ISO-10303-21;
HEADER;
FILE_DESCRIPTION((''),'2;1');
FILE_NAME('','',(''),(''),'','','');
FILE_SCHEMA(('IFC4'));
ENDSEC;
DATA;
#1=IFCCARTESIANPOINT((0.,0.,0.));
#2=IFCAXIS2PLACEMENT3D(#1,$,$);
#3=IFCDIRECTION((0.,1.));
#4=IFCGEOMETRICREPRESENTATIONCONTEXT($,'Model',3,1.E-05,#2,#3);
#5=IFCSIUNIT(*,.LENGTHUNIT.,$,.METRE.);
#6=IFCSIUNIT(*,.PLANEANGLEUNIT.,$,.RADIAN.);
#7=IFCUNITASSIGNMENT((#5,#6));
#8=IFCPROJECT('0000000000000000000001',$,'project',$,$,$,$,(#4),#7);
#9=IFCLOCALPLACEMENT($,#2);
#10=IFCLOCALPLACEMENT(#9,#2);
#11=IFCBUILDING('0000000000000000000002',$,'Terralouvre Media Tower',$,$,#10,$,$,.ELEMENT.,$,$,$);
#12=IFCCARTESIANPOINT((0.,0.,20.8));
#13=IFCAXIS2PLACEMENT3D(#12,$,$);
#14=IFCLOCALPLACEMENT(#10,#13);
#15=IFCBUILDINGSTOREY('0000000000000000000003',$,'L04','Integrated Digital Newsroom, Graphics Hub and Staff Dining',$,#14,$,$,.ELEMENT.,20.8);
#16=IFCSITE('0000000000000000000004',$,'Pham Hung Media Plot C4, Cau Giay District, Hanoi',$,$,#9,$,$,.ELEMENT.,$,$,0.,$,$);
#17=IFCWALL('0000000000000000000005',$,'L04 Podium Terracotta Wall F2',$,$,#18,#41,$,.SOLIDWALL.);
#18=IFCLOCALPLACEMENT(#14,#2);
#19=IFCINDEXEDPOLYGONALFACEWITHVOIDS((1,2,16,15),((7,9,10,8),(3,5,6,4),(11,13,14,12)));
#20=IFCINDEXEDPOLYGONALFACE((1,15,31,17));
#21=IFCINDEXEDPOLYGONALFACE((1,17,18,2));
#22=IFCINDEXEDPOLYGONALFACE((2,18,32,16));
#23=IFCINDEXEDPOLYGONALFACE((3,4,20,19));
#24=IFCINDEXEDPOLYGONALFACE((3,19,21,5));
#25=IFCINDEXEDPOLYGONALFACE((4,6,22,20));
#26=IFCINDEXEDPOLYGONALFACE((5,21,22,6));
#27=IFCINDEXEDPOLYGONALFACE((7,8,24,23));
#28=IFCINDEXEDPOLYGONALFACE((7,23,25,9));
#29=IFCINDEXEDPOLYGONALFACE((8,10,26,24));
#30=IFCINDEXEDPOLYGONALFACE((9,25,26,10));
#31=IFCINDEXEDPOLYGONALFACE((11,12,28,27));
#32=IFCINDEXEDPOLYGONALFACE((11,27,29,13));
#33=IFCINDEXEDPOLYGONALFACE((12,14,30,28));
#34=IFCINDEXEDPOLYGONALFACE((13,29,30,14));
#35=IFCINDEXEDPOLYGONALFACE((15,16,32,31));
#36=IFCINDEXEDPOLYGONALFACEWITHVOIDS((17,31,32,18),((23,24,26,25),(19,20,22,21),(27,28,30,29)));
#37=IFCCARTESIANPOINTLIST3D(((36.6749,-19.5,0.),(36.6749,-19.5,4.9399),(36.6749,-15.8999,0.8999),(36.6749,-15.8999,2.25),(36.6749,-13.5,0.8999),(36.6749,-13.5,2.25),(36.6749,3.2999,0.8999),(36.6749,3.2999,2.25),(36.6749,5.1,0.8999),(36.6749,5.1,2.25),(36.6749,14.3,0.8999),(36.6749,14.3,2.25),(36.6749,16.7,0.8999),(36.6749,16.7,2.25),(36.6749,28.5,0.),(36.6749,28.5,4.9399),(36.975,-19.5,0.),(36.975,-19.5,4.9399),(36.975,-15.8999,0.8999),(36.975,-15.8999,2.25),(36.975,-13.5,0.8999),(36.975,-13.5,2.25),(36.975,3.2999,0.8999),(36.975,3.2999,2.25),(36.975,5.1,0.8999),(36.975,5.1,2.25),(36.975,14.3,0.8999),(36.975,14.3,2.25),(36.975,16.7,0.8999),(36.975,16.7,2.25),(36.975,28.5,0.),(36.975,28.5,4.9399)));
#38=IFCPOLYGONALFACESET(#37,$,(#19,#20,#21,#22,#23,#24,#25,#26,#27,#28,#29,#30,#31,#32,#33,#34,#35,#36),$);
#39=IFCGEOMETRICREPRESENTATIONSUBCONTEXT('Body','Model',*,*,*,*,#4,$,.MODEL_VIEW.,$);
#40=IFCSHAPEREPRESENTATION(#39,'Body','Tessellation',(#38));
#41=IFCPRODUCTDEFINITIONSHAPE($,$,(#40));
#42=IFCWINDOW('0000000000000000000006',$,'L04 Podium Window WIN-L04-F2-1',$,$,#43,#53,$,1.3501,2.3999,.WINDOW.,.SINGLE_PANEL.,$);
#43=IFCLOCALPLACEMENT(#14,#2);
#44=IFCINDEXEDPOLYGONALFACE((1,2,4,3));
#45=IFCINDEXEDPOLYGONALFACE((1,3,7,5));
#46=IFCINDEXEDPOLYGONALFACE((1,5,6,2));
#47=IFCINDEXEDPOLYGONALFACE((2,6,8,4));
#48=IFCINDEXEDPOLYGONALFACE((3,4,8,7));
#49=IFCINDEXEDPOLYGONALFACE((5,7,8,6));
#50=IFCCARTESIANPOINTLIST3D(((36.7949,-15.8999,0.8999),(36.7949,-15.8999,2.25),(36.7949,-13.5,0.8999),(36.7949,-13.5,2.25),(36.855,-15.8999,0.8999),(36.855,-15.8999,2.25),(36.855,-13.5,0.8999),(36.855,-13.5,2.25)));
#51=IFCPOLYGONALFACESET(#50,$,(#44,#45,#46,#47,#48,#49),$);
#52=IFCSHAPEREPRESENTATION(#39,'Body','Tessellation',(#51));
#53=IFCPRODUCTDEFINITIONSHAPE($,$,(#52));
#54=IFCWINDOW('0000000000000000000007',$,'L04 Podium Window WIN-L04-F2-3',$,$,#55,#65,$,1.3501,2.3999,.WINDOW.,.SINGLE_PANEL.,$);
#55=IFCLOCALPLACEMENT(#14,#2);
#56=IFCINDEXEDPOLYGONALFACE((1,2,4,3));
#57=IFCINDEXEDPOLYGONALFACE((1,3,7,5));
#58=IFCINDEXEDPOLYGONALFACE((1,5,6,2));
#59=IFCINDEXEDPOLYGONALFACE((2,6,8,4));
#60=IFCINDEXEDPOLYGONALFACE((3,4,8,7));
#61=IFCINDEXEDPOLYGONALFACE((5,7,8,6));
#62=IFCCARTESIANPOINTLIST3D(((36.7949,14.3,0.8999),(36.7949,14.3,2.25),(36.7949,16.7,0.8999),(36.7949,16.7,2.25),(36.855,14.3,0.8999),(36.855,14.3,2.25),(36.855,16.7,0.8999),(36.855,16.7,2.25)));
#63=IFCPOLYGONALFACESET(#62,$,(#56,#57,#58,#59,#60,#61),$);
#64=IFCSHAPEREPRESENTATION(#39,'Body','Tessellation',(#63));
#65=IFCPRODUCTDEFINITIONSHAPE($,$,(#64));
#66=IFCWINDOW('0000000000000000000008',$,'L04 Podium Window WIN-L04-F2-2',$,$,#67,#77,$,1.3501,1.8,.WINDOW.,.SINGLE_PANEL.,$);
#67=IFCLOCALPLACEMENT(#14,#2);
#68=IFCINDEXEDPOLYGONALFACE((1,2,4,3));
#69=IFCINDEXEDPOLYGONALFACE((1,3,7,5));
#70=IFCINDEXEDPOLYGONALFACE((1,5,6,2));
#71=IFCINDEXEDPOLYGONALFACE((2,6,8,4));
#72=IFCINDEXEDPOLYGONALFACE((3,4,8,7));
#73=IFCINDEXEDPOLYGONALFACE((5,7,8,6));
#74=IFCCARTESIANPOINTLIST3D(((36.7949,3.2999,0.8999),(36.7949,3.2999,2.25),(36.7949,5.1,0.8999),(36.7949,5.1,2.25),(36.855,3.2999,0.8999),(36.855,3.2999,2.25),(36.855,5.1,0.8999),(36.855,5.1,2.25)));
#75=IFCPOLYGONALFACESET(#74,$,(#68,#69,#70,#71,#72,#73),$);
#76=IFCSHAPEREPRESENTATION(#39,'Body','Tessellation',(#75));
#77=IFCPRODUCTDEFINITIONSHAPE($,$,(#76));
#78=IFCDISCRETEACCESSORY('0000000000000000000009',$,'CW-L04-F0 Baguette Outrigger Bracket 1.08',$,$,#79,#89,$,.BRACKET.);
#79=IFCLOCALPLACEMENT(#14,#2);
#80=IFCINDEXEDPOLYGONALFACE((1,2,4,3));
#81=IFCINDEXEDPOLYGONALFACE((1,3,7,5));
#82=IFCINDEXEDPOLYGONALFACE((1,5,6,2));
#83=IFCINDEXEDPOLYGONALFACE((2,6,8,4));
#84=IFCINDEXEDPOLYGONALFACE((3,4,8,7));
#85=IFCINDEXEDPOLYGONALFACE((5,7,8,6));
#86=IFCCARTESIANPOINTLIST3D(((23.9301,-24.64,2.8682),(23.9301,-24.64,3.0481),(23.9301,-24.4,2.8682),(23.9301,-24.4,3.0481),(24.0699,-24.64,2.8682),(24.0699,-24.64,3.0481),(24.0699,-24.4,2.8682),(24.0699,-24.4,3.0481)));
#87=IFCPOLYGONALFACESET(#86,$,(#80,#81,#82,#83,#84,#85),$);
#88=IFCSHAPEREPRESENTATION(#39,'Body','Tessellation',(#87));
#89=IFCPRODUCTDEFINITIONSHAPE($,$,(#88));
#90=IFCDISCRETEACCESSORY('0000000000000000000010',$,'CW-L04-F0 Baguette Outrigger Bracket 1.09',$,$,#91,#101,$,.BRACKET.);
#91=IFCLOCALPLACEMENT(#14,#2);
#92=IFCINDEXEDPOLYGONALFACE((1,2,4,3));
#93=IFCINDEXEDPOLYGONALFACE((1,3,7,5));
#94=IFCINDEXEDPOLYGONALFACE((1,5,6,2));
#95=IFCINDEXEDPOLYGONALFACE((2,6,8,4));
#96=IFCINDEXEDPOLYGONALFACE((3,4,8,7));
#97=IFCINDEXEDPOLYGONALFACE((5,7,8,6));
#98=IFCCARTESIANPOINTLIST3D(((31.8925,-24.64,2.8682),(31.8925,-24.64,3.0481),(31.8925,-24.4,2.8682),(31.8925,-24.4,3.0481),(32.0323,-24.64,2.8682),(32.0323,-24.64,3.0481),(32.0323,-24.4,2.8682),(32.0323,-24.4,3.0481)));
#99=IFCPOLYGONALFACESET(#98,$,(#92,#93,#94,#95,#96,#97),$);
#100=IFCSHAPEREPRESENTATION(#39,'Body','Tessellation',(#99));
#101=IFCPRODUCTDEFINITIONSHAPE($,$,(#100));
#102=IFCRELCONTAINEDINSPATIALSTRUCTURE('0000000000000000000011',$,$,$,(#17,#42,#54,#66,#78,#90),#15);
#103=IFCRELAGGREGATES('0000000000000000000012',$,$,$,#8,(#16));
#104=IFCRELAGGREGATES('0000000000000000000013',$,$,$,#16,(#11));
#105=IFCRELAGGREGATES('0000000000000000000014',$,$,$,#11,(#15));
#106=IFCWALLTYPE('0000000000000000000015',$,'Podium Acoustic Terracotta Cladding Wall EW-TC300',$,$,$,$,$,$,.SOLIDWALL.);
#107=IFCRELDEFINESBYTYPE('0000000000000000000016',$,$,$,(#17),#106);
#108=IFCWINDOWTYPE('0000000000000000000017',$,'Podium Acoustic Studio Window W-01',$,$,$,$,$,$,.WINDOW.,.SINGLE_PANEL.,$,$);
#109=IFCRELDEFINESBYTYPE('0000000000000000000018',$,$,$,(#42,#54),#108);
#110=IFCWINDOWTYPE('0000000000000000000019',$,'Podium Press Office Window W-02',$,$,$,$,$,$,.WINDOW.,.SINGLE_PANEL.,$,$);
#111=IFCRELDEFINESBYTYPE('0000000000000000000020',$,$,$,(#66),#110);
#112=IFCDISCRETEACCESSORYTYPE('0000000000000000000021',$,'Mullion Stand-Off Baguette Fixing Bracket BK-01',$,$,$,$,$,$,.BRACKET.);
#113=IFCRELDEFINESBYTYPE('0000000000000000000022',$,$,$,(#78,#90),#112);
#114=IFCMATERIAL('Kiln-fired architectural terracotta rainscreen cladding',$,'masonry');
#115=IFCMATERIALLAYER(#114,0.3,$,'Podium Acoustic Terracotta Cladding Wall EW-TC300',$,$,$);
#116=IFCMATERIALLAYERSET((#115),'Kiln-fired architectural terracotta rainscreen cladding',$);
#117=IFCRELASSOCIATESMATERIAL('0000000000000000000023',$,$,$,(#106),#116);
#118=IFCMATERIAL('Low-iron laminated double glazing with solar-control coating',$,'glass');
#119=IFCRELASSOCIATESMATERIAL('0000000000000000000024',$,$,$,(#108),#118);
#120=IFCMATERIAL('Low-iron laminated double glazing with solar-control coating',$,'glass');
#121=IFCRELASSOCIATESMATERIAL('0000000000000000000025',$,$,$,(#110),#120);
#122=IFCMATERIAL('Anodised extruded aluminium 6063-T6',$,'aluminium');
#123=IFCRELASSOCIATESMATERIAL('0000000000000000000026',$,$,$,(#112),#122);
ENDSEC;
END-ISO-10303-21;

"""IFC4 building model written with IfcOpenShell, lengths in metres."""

from ifc_helpers import new_model, si_unit, direction, frame, frame_2d, origin, origin_2d, place, context, subcontext, project, spatial, rectangle, extrude, material, layer, layer_set, type_object, element, fill, save


model = new_model("IFC4")

# Units and contexts
model_context = context("Model", 3, precision=1e-05, world=origin(), true_north=direction((0.0, 1.0)))
body_context = subcontext(model_context, "Body", "Model", "MODEL_VIEW")
ifc_project = project(units=[si_unit("LENGTHUNIT", "METRE"), si_unit("PLANEANGLEUNIT", "RADIAN")], contexts=[model_context])

# Site, building, storey
site_placement = place(None, origin())
site = spatial("IfcSite", under=ifc_project, at=site_placement, Name="Pham Hung Media Plot C4, Cau Giay District, Hanoi", CompositionType="ELEMENT", RefElevation=0.0)
building_placement = place(site_placement, origin())
building = spatial("IfcBuilding", under=site, at=building_placement, Name="Terralouvre Media Tower", CompositionType="ELEMENT")
storey_placement = place(building_placement, frame((0.0, 0.0, 20.8)))
storey = spatial("IfcBuildingStorey", under=building, at=storey_placement, Name="L04", Description="Integrated Digital Newsroom, Graphics Hub and Staff Dining", CompositionType="ELEMENT", Elevation=20.8)

# Shared definitions
ifc_material_1 = material(Name="Kiln-fired architectural terracotta rainscreen cladding", Category="masonry")
ifc_layer_1 = layer(ifc_material_1, 0.3, Name="Podium Acoustic Terracotta Cladding Wall EW-TC300")
ifc_layer_set_1 = layer_set([ifc_layer_1], Name="Kiln-fired architectural terracotta rainscreen cladding")
wall_type_1 = type_object("IfcWallType", Name="Podium Acoustic Terracotta Cladding Wall EW-TC300", PredefinedType="SOLIDWALL", material=ifc_layer_set_1)

# Wall, openings, windows
wall_1_placement = place(storey_placement, frame((36.825, -19.5, 0.0), z_axis=(0.0, 0.0, 1.0), x_axis=(0.0, 1.0, 0.0)))
wall_1 = element("IfcWall", 1, at=wall_1_placement, inside=storey, type_object=wall_type_1, Name="L04 Podium Terracotta Wall F2", PredefinedType="SOLIDWALL", context=body_context, shape_type="SweptSolid", body=[
    extrude(rectangle(XDim=48.0, YDim=0.3, at=frame_2d((24.0, 0.0))), origin(), (0.0, 0.0, 1.0), 4.9399),
])
opening_1_placement = place(wall_1_placement, frame((3.6001, 0.0, 0.8999)))
opening_1 = element("IfcOpeningElement", 2, at=opening_1_placement, cuts=wall_1, PredefinedType="OPENING", context=body_context, shape_type="SweptSolid", body=[
    extrude(rectangle(XDim=2.3999, YDim=1.3501, at=frame_2d((1.2, 0.675))), frame((0.0, 0.1599, 0.0), z_axis=(0.0, -1.0, 0.0), x_axis=(1.0, 0.0, 0.0)), (0.0, 0.0, 1.0), 0.3201),
])
opening_2_placement = place(wall_1_placement, frame((22.8, 0.0, 0.8999)))
opening_2 = element("IfcOpeningElement", 3, at=opening_2_placement, cuts=wall_1, PredefinedType="OPENING", context=body_context, shape_type="SweptSolid", body=[
    extrude(rectangle(XDim=1.8, YDim=1.3501, at=frame_2d((0.8999, 0.675))), frame((0.0, 0.1599, 0.0), z_axis=(0.0, -1.0, 0.0), x_axis=(1.0, 0.0, 0.0)), (0.0, 0.0, 1.0), 0.3201),
])
opening_3_placement = place(wall_1_placement, frame((33.8, 0.0, 0.8999)))
opening_3 = element("IfcOpeningElement", 4, at=opening_3_placement, cuts=wall_1, PredefinedType="OPENING", context=body_context, shape_type="SweptSolid", body=[
    extrude(rectangle(XDim=2.3999, YDim=1.3501, at=frame_2d((1.2, 0.675))), frame((0.0, 0.1599, 0.0), z_axis=(0.0, -1.0, 0.0), x_axis=(1.0, 0.0, 0.0)), (0.0, 0.0, 1.0), 0.3201),
])
ifc_material_2 = material(Name="Low-iron laminated double glazing with solar-control coating", Category="glass")
window_type_1 = type_object("IfcWindowType", Name="Podium Acoustic Studio Window W-01", PartitioningType="SINGLE_PANEL", PredefinedType="WINDOW", material=ifc_material_2)
window_1_placement = place(opening_1_placement, origin())
window_1 = element("IfcWindow", 5, at=window_1_placement, inside=storey, type_object=window_type_1, Name="L04 Podium Window WIN-L04-F2-1", OverallHeight=1.3501, OverallWidth=2.3999, PartitioningType="SINGLE_PANEL", PredefinedType="WINDOW", context=body_context, shape_type="SweptSolid", body=[
    extrude(rectangle(XDim=2.3999, YDim=1.3501, at=frame_2d((1.2, 0.675))), frame((0.0, 0.03, 0.0), z_axis=(0.0, -1.0, 0.0), x_axis=(1.0, 0.0, 0.0)), (0.0, 0.0, 1.0), 0.0601),
])
fill(opening_1, window_1)
window_2_placement = place(opening_3_placement, origin())
window_2 = element("IfcWindow", 6, at=window_2_placement, inside=storey, type_object=window_type_1, Name="L04 Podium Window WIN-L04-F2-3", OverallHeight=1.3501, OverallWidth=2.3999, PartitioningType="SINGLE_PANEL", PredefinedType="WINDOW", context=body_context, shape_type="SweptSolid", body=[
    extrude(rectangle(XDim=2.3999, YDim=1.3501, at=frame_2d((1.2, 0.675))), frame((0.0, 0.03, 0.0), z_axis=(0.0, -1.0, 0.0), x_axis=(1.0, 0.0, 0.0)), (0.0, 0.0, 1.0), 0.0601),
])
fill(opening_3, window_2)
ifc_material_3 = material(Name="Low-iron laminated double glazing with solar-control coating", Category="glass")
window_type_2 = type_object("IfcWindowType", Name="Podium Press Office Window W-02", PartitioningType="SINGLE_PANEL", PredefinedType="WINDOW", material=ifc_material_3)
window_3_placement = place(opening_2_placement, origin())
window_3 = element("IfcWindow", 7, at=window_3_placement, inside=storey, type_object=window_type_2, Name="L04 Podium Window WIN-L04-F2-2", OverallHeight=1.3501, OverallWidth=1.8, PartitioningType="SINGLE_PANEL", PredefinedType="WINDOW", context=body_context, shape_type="SweptSolid", body=[
    extrude(rectangle(XDim=1.8, YDim=1.3501, at=frame_2d((0.8999, 0.675))), frame((0.0, 0.03, 0.0), z_axis=(0.0, -1.0, 0.0), x_axis=(1.0, 0.0, 0.0)), (0.0, 0.0, 1.0), 0.0601),
])
fill(opening_2, window_3)

# Discrete accessories
ifc_material_4 = material(Name="Anodised extruded aluminium 6063-T6", Category="aluminium")
discrete_accessory_type = type_object("IfcDiscreteAccessoryType", Name="Mullion Stand-Off Baguette Fixing Bracket BK-01", PredefinedType="BRACKET", material=ifc_material_4)
for number, where, z_axis, x_axis, name in (
    (8, (24.0, -24.52, 2.8682), (0.0, 0.0, 1.0), (1.0, 0.0, 0.0), "CW-L04-F0 Baguette Outrigger Bracket 1.08"),
    (9, (31.9624, -24.52, 2.8682), (0.0, 0.0, 1.0), (1.0, 0.0, 0.0), "CW-L04-F0 Baguette Outrigger Bracket 1.09"),
):
    element("IfcDiscreteAccessory", number, at=place(storey_placement, frame(where, z_axis=z_axis, x_axis=x_axis)), inside=storey, type_object=discrete_accessory_type, Name=name, PredefinedType="BRACKET", context=body_context, shape_type="SweptSolid", body=[
        extrude(rectangle(XDim=0.1399, YDim=0.24, at=origin_2d()), origin(), (0.0, 0.0, 1.0), 0.1799),
    ])

save(model, "model.ifc")
